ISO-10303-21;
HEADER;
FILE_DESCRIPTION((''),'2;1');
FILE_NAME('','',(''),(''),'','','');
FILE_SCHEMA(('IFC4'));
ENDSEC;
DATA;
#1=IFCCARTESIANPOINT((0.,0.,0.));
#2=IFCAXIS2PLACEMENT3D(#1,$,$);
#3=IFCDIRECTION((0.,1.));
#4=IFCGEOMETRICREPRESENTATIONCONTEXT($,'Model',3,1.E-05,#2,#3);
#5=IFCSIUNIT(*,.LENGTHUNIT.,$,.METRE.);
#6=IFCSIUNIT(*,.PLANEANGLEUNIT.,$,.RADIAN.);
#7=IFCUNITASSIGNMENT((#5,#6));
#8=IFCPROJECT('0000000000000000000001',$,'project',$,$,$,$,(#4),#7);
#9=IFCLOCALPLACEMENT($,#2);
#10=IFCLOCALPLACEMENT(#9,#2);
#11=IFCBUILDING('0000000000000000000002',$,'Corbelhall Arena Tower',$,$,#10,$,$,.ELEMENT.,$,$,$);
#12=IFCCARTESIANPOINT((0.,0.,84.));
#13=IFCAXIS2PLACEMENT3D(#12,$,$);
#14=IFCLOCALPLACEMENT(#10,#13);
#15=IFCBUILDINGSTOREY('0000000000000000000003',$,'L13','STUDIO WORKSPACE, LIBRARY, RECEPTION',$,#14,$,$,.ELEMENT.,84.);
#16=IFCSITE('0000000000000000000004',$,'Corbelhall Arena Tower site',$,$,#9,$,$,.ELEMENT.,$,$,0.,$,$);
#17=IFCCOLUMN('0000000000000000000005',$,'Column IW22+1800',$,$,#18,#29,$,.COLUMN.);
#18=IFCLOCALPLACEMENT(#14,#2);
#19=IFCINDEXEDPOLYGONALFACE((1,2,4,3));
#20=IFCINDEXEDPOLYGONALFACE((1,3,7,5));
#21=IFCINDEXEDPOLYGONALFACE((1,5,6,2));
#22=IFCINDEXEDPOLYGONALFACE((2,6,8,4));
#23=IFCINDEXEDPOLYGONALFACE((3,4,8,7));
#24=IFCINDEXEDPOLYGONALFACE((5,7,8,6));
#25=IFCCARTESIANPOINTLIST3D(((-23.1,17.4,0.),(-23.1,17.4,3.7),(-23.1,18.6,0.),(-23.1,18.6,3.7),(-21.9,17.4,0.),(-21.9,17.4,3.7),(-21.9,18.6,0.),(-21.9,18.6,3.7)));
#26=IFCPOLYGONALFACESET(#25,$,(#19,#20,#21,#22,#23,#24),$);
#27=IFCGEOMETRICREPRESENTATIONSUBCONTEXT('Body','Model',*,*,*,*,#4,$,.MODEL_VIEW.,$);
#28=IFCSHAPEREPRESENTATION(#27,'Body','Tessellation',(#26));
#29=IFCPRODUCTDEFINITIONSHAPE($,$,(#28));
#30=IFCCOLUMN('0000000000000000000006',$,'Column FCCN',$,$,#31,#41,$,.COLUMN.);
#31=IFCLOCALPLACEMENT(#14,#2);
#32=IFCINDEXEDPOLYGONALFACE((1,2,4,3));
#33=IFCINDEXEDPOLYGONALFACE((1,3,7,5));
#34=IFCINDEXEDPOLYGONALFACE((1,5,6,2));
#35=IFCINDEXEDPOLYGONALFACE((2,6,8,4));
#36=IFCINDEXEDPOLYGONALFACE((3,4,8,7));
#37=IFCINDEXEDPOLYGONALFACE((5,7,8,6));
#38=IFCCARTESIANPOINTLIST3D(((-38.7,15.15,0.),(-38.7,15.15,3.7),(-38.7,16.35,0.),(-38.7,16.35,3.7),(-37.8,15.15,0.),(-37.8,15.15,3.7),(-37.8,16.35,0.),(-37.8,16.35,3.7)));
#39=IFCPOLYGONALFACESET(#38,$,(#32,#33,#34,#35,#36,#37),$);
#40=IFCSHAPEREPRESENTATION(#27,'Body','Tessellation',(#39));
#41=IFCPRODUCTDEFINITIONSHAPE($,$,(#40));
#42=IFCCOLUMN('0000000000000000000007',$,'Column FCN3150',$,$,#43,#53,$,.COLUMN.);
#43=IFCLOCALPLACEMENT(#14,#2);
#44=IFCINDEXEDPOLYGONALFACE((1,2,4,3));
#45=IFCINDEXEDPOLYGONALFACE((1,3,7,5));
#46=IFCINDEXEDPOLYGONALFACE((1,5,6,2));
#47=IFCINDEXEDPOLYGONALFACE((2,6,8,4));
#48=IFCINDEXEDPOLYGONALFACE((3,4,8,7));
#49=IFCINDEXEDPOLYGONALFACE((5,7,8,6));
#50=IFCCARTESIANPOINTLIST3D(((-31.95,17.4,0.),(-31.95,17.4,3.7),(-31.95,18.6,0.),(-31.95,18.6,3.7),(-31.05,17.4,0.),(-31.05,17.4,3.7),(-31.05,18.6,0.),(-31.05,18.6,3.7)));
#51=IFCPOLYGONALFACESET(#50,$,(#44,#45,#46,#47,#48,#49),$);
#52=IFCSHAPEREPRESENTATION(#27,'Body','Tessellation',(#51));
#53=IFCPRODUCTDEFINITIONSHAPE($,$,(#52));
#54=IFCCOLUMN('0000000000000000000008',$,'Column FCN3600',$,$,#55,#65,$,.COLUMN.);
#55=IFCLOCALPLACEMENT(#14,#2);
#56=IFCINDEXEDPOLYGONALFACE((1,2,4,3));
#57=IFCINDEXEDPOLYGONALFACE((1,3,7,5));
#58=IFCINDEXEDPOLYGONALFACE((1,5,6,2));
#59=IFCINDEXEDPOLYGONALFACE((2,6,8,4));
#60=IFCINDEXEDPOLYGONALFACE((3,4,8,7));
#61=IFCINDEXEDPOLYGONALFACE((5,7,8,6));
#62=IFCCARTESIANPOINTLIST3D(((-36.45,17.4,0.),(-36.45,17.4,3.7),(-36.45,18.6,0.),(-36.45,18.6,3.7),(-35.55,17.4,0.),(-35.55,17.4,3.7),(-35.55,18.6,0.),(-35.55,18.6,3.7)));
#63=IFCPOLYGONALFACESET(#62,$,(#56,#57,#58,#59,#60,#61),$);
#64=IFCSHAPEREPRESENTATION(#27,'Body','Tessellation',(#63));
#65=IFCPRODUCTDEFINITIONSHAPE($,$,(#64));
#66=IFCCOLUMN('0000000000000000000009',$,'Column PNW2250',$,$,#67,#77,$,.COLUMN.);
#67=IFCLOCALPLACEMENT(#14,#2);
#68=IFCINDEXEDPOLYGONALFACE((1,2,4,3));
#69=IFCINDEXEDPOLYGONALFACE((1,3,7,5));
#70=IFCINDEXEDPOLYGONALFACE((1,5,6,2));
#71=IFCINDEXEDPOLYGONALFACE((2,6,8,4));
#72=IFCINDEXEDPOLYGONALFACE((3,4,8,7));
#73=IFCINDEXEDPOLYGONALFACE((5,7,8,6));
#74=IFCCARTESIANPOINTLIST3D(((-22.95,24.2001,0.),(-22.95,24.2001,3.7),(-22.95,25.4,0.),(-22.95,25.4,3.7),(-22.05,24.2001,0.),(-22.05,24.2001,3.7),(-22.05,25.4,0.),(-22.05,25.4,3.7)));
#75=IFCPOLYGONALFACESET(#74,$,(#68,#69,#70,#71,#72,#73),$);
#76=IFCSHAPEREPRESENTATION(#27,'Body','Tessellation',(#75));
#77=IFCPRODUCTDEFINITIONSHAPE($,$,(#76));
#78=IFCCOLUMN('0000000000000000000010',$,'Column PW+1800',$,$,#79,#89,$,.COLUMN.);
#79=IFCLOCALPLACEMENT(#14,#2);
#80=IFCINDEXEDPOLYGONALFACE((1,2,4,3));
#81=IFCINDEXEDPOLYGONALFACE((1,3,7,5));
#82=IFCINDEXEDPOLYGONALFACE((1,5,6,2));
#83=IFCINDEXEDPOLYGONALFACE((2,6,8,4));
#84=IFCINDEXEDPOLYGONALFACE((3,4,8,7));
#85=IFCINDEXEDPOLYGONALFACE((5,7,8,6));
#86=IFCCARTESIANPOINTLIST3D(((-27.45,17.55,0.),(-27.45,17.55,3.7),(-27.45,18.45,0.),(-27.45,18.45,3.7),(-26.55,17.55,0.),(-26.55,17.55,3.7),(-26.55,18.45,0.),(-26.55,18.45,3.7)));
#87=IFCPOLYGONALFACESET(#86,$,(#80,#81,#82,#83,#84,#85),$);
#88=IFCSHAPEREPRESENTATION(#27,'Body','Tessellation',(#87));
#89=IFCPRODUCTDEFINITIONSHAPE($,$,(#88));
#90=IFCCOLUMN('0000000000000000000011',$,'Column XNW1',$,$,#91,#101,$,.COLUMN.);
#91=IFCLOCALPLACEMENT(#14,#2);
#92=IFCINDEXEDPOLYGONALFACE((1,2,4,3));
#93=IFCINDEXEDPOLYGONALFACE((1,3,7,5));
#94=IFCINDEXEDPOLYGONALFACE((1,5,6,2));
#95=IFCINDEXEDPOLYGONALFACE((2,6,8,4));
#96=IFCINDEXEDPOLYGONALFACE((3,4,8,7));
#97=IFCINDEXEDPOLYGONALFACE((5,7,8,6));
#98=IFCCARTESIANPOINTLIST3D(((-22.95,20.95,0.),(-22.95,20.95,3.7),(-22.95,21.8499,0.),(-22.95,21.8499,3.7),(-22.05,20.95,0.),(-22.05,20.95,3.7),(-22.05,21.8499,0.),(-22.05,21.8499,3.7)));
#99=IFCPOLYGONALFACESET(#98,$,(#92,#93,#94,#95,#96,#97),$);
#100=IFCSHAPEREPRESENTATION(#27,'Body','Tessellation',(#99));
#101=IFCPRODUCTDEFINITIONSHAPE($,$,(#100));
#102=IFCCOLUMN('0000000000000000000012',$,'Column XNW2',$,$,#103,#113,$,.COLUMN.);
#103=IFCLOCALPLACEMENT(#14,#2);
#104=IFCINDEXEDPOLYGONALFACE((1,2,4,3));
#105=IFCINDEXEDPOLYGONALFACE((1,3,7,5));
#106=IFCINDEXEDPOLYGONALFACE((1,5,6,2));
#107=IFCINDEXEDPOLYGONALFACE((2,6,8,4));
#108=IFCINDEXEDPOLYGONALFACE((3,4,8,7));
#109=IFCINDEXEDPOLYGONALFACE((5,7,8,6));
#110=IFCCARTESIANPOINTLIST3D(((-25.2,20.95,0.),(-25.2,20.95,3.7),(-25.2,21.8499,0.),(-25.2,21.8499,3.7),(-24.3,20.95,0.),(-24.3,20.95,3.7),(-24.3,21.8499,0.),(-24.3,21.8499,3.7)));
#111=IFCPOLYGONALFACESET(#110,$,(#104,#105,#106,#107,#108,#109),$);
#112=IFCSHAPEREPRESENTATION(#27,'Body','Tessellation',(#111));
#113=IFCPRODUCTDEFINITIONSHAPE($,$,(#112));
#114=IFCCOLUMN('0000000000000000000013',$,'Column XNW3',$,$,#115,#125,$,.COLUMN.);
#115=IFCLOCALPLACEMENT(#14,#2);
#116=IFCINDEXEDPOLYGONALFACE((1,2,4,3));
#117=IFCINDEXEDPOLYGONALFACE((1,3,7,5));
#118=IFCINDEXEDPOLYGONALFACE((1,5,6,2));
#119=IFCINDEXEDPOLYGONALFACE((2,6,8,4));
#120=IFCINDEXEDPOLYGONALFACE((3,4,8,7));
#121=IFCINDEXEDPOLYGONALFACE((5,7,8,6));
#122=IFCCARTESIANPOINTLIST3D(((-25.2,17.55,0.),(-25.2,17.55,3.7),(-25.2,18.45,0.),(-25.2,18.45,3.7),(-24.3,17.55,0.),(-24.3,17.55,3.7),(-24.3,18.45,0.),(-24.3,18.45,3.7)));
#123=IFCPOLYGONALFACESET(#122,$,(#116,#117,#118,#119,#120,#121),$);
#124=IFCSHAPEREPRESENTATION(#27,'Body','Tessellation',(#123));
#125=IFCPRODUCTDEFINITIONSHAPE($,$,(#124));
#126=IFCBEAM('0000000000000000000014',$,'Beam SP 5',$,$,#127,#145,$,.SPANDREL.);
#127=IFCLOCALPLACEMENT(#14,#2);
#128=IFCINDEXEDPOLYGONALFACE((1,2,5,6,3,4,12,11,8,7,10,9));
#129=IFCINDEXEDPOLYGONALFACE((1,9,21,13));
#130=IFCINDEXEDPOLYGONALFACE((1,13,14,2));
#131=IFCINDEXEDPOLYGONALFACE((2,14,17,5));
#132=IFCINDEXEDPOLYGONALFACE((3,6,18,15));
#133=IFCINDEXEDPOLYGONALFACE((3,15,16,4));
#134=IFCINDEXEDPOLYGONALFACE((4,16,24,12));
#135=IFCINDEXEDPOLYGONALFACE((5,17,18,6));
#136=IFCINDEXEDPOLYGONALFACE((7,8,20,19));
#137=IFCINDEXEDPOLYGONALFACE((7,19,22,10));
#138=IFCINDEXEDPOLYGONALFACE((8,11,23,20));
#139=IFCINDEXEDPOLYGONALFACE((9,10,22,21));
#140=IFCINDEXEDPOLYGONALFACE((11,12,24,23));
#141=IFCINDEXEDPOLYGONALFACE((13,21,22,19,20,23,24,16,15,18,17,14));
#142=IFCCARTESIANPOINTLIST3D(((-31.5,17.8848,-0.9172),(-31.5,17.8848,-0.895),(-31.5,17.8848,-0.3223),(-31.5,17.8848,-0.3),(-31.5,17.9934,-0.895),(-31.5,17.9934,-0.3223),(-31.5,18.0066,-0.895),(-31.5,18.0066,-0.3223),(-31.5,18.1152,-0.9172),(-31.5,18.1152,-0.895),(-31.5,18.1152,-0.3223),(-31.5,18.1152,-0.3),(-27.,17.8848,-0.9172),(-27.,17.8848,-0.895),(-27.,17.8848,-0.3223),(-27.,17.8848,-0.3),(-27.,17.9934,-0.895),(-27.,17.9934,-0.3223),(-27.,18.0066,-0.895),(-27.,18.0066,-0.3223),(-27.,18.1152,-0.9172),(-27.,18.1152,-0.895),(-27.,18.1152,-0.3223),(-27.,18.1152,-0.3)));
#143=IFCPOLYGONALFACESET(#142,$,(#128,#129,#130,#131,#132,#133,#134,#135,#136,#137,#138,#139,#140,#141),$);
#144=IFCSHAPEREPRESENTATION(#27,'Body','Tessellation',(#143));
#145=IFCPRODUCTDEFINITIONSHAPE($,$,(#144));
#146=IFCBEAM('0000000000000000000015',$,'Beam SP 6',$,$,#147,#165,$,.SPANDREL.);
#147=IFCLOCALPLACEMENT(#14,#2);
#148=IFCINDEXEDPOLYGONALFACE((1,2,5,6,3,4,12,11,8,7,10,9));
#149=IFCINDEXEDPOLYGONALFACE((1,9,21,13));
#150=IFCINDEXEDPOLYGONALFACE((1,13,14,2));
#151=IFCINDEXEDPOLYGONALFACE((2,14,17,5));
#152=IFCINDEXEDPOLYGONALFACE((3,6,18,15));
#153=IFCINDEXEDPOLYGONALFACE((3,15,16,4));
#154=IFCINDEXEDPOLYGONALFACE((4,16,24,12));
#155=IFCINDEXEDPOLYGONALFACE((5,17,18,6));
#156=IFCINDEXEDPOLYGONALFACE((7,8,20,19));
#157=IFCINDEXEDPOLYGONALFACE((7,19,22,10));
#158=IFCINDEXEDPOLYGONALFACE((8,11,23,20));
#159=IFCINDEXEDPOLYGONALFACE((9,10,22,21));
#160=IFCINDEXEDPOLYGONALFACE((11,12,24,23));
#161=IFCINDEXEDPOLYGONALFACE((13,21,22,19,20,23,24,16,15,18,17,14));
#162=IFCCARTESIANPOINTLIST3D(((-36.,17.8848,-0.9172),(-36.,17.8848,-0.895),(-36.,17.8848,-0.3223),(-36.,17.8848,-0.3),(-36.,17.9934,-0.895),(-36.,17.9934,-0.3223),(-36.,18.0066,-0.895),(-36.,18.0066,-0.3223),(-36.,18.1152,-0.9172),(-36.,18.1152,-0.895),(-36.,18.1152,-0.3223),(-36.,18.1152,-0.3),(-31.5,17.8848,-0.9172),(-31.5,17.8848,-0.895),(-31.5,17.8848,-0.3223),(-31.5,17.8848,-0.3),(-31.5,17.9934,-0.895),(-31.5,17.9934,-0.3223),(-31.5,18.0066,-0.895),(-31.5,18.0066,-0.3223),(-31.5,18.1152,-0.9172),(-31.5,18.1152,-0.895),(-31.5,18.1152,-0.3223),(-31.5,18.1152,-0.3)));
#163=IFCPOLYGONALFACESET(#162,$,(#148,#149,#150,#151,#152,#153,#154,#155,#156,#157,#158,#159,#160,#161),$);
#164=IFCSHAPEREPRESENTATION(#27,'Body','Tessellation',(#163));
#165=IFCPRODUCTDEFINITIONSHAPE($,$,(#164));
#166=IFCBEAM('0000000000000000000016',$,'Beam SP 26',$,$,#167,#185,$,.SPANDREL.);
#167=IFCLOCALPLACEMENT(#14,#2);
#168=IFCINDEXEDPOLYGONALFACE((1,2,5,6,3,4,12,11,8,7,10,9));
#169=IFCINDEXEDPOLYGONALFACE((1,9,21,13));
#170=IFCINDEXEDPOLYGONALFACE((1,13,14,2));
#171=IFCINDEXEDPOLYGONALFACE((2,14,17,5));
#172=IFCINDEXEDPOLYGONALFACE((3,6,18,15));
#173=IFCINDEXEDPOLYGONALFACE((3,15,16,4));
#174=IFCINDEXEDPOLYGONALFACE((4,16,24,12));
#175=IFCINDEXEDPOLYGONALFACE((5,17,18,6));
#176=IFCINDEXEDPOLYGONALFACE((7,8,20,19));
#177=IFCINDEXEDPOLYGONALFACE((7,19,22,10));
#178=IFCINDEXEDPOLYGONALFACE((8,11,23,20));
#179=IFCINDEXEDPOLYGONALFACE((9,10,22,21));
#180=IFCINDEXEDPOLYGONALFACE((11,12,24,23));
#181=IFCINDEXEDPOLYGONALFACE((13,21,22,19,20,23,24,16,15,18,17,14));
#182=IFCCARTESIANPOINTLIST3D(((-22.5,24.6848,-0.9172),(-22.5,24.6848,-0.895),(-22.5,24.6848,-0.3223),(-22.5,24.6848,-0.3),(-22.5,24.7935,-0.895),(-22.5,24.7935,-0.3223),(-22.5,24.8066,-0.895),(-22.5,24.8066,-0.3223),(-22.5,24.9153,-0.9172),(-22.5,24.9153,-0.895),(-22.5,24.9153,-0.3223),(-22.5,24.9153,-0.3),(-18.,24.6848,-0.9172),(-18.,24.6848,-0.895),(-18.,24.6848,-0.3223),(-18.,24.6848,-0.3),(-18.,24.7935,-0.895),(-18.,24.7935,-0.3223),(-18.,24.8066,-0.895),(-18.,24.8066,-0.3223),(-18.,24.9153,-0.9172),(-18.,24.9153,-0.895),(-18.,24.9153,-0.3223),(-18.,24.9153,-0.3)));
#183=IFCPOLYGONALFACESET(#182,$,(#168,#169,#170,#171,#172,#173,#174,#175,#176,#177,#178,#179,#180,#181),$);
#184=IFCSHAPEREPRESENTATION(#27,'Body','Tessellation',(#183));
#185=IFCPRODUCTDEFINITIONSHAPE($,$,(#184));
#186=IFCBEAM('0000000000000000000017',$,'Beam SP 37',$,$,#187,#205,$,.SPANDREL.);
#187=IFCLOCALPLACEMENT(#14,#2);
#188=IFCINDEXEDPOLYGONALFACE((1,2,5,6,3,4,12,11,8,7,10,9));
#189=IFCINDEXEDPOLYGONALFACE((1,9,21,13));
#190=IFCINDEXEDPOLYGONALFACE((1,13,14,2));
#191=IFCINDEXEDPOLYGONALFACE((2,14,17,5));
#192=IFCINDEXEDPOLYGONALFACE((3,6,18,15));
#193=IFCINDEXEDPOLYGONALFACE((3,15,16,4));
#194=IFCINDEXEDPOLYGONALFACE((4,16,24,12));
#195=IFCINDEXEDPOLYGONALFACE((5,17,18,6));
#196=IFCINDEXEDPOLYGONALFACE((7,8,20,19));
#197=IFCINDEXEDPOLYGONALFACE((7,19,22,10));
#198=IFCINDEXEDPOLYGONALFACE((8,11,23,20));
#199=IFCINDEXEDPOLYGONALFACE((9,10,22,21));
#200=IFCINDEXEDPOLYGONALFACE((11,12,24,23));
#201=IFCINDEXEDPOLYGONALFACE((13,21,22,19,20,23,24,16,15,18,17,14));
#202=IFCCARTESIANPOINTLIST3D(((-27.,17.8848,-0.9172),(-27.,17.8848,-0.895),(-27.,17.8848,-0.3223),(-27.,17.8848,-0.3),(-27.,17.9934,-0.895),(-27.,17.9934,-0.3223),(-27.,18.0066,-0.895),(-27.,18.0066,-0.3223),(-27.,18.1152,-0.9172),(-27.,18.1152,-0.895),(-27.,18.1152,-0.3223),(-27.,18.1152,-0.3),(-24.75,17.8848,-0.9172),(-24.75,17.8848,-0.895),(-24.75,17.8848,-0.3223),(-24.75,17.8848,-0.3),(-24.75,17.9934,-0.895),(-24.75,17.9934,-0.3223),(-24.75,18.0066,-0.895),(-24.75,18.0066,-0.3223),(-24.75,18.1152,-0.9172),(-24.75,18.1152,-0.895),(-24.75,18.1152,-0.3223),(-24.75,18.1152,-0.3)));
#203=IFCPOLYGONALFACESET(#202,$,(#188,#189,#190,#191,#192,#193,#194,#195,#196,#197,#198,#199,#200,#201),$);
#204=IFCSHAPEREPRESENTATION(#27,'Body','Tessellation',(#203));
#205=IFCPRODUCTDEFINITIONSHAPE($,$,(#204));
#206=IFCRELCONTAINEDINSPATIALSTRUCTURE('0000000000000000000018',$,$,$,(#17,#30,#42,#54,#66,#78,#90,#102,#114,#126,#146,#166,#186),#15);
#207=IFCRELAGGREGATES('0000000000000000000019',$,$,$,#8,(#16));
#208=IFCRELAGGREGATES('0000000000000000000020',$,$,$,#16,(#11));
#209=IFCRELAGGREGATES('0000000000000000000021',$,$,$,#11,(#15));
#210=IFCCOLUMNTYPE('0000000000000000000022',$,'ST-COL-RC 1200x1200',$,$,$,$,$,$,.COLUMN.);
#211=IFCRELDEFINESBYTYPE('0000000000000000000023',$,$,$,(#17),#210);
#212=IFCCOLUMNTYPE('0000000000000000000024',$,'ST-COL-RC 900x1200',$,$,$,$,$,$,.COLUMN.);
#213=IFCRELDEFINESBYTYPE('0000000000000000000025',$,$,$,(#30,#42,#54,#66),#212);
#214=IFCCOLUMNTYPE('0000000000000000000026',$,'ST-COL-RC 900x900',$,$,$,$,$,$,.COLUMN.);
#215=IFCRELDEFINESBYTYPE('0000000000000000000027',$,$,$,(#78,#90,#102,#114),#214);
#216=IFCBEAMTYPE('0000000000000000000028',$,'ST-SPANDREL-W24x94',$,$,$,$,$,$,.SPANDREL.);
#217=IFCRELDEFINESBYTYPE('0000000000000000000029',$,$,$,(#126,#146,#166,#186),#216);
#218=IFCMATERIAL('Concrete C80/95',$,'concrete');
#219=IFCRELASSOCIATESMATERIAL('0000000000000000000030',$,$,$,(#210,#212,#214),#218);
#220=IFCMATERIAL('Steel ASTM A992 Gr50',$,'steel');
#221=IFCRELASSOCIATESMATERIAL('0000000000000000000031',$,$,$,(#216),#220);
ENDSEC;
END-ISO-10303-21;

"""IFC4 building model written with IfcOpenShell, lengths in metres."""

from ifc_helpers import new_model, si_unit, direction, frame, origin, origin_2d, place, context, subcontext, project, spatial, rectangle, i_section, extrude, material, material_profile, profile_set, type_object, element, save


model = new_model("IFC4")

# Units and contexts
model_context = context("Model", 3, precision=1e-05, world=origin(), true_north=direction((0.0, 1.0)))
body_context = subcontext(model_context, "Body", "Model", "MODEL_VIEW")
ifc_project = project(units=[si_unit("LENGTHUNIT", "METRE"), si_unit("PLANEANGLEUNIT", "RADIAN")], contexts=[model_context])

# Site, building, storey
site_placement = place(None, origin())
site = spatial("IfcSite", under=ifc_project, at=site_placement, Name="Corbelhall Arena Tower site", CompositionType="ELEMENT", RefElevation=0.0)
building_placement = place(site_placement, origin())
building = spatial("IfcBuilding", under=site, at=building_placement, Name="Corbelhall Arena Tower", CompositionType="ELEMENT")
storey_placement = place(building_placement, frame((0.0, 0.0, 84.0)))
storey = spatial("IfcBuildingStorey", under=building, at=storey_placement, Name="L13", Description="STUDIO WORKSPACE, LIBRARY, RECEPTION", CompositionType="ELEMENT", Elevation=84.0)

# Columns
ifc_material_1 = material(Name="Concrete C80/95", Category="concrete")
ifc_material_profile_1 = material_profile(ifc_material_1, rectangle(XDim=1.2, YDim=1.2, at=origin_2d()))
ifc_profile_set_1 = profile_set([ifc_material_profile_1], Name="Concrete C80/95")
column_type_1 = type_object("IfcColumnType", Name="ST-COL-RC 1200x1200", PredefinedType="COLUMN", material=ifc_profile_set_1)
column_placement = place(storey_placement, frame((-22.5, 18.0, 0.0), z_axis=(0.0, 0.0, 1.0), x_axis=(1.0, 0.0, 0.0)))
element("IfcColumn", 1, at=column_placement, inside=storey, type_object=column_type_1, Name="Column IW22+1800", PredefinedType="COLUMN", context=body_context, shape_type="SweptSolid", body=[
    extrude(rectangle(XDim=1.2, YDim=1.2, at=origin_2d()), origin(), (0.0, 0.0, 1.0), 3.7),
])
ifc_material_profile_2 = material_profile(ifc_material_1, rectangle(XDim=0.8999, YDim=1.2, at=origin_2d()))
ifc_profile_set_2 = profile_set([ifc_material_profile_2], Name="Concrete C80/95")
column_type_2 = type_object("IfcColumnType", Name="ST-COL-RC 900x1200", PredefinedType="COLUMN", material=ifc_profile_set_2)
for number, where, z_axis, x_axis, name in (
    (2, (-38.25, 15.75, 0.0), (0.0, 0.0, 1.0), (1.0, 0.0, 0.0), "Column FCCN"),
    (3, (-31.5, 18.0, 0.0), (0.0, 0.0, 1.0), (1.0, 0.0, 0.0), "Column FCN3150"),
    (4, (-36.0, 18.0, 0.0), (0.0, 0.0, 1.0), (1.0, 0.0, 0.0), "Column FCN3600"),
    (5, (-22.5, 24.8, 0.0), (0.0, 0.0, 1.0), (1.0, 0.0, 0.0), "Column PNW2250"),
):
    element("IfcColumn", number, at=place(storey_placement, frame(where, z_axis=z_axis, x_axis=x_axis)), inside=storey, type_object=column_type_2, Name=name, PredefinedType="COLUMN", context=body_context, shape_type="SweptSolid", body=[
        extrude(rectangle(XDim=0.8999, YDim=1.2, at=origin_2d()), origin(), (0.0, 0.0, 1.0), 3.7),
    ])
ifc_material_profile_3 = material_profile(ifc_material_1, rectangle(XDim=0.8999, YDim=0.8999, at=origin_2d()))
ifc_profile_set_3 = profile_set([ifc_material_profile_3], Name="Concrete C80/95")
column_type_3 = type_object("IfcColumnType", Name="ST-COL-RC 900x900", PredefinedType="COLUMN", material=ifc_profile_set_3)
for number, where, z_axis, x_axis, name in (
    (6, (-27.0, 18.0, 0.0), (0.0, 0.0, 1.0), (1.0, 0.0, 0.0), "Column PW+1800"),
    (7, (-22.5, 21.3999, 0.0), (0.0, 0.0, 1.0), (1.0, 0.0, 0.0), "Column XNW1"),
    (8, (-24.75, 21.3999, 0.0), (0.0, 0.0, 1.0), (1.0, 0.0, 0.0), "Column XNW2"),
    (9, (-24.75, 18.0, 0.0), (0.0, 0.0, 1.0), (1.0, 0.0, 0.0), "Column XNW3"),
):
    element("IfcColumn", number, at=place(storey_placement, frame(where, z_axis=z_axis, x_axis=x_axis)), inside=storey, type_object=column_type_3, Name=name, PredefinedType="COLUMN", context=body_context, shape_type="SweptSolid", body=[
        extrude(rectangle(XDim=0.8999, YDim=0.8999, at=origin_2d()), origin(), (0.0, 0.0, 1.0), 3.7),
    ])

# Beams
ifc_material_2 = material(Name="Steel ASTM A992 Gr50", Category="steel")
ifc_material_profile_4 = material_profile(ifc_material_2, i_section(OverallWidth=0.2305, OverallDepth=0.6172, WebThickness=0.0132, FlangeThickness=0.0222, at=origin_2d()))
ifc_profile_set_4 = profile_set([ifc_material_profile_4], Name="Steel ASTM A992 Gr50")
beam_type = type_object("IfcBeamType", Name="ST-SPANDREL-W24x94", PredefinedType="SPANDREL", material=ifc_profile_set_4)
for number, where, z_axis, x_axis, name in (
    (10, (-31.5, 18.0, -0.6086), (1.0, 0.0, 0.0), (0.0, 1.0, 0.0), "Beam SP 5"),
    (11, (-36.0, 18.0, -0.6086), (1.0, 0.0, 0.0), (0.0, 1.0, 0.0), "Beam SP 6"),
    (12, (-22.5, 24.8, -0.6086), (1.0, 0.0, 0.0), (0.0, 1.0, 0.0), "Beam SP 26"),
):
    element("IfcBeam", number, at=place(storey_placement, frame(where, z_axis=z_axis, x_axis=x_axis)), inside=storey, type_object=beam_type, Name=name, PredefinedType="SPANDREL", context=body_context, shape_type="SweptSolid", body=[
        extrude(i_section(OverallWidth=0.2305, OverallDepth=0.6172, WebThickness=0.0132, FlangeThickness=0.0222, at=origin_2d()), origin(), (0.0, 0.0, 1.0), 4.5),
    ])
beam_1_placement = place(storey_placement, frame((-27.0, 18.0, -0.6086), z_axis=(1.0, 0.0, 0.0), x_axis=(0.0, 1.0, 0.0)))
element("IfcBeam", 13, at=beam_1_placement, inside=storey, type_object=beam_type, Name="Beam SP 37", PredefinedType="SPANDREL", context=body_context, shape_type="SweptSolid", body=[
    extrude(i_section(OverallWidth=0.2305, OverallDepth=0.6172, WebThickness=0.0132, FlangeThickness=0.0222, at=origin_2d()), origin(), (0.0, 0.0, 1.0), 2.25),
])

save(model, "model.ifc")
